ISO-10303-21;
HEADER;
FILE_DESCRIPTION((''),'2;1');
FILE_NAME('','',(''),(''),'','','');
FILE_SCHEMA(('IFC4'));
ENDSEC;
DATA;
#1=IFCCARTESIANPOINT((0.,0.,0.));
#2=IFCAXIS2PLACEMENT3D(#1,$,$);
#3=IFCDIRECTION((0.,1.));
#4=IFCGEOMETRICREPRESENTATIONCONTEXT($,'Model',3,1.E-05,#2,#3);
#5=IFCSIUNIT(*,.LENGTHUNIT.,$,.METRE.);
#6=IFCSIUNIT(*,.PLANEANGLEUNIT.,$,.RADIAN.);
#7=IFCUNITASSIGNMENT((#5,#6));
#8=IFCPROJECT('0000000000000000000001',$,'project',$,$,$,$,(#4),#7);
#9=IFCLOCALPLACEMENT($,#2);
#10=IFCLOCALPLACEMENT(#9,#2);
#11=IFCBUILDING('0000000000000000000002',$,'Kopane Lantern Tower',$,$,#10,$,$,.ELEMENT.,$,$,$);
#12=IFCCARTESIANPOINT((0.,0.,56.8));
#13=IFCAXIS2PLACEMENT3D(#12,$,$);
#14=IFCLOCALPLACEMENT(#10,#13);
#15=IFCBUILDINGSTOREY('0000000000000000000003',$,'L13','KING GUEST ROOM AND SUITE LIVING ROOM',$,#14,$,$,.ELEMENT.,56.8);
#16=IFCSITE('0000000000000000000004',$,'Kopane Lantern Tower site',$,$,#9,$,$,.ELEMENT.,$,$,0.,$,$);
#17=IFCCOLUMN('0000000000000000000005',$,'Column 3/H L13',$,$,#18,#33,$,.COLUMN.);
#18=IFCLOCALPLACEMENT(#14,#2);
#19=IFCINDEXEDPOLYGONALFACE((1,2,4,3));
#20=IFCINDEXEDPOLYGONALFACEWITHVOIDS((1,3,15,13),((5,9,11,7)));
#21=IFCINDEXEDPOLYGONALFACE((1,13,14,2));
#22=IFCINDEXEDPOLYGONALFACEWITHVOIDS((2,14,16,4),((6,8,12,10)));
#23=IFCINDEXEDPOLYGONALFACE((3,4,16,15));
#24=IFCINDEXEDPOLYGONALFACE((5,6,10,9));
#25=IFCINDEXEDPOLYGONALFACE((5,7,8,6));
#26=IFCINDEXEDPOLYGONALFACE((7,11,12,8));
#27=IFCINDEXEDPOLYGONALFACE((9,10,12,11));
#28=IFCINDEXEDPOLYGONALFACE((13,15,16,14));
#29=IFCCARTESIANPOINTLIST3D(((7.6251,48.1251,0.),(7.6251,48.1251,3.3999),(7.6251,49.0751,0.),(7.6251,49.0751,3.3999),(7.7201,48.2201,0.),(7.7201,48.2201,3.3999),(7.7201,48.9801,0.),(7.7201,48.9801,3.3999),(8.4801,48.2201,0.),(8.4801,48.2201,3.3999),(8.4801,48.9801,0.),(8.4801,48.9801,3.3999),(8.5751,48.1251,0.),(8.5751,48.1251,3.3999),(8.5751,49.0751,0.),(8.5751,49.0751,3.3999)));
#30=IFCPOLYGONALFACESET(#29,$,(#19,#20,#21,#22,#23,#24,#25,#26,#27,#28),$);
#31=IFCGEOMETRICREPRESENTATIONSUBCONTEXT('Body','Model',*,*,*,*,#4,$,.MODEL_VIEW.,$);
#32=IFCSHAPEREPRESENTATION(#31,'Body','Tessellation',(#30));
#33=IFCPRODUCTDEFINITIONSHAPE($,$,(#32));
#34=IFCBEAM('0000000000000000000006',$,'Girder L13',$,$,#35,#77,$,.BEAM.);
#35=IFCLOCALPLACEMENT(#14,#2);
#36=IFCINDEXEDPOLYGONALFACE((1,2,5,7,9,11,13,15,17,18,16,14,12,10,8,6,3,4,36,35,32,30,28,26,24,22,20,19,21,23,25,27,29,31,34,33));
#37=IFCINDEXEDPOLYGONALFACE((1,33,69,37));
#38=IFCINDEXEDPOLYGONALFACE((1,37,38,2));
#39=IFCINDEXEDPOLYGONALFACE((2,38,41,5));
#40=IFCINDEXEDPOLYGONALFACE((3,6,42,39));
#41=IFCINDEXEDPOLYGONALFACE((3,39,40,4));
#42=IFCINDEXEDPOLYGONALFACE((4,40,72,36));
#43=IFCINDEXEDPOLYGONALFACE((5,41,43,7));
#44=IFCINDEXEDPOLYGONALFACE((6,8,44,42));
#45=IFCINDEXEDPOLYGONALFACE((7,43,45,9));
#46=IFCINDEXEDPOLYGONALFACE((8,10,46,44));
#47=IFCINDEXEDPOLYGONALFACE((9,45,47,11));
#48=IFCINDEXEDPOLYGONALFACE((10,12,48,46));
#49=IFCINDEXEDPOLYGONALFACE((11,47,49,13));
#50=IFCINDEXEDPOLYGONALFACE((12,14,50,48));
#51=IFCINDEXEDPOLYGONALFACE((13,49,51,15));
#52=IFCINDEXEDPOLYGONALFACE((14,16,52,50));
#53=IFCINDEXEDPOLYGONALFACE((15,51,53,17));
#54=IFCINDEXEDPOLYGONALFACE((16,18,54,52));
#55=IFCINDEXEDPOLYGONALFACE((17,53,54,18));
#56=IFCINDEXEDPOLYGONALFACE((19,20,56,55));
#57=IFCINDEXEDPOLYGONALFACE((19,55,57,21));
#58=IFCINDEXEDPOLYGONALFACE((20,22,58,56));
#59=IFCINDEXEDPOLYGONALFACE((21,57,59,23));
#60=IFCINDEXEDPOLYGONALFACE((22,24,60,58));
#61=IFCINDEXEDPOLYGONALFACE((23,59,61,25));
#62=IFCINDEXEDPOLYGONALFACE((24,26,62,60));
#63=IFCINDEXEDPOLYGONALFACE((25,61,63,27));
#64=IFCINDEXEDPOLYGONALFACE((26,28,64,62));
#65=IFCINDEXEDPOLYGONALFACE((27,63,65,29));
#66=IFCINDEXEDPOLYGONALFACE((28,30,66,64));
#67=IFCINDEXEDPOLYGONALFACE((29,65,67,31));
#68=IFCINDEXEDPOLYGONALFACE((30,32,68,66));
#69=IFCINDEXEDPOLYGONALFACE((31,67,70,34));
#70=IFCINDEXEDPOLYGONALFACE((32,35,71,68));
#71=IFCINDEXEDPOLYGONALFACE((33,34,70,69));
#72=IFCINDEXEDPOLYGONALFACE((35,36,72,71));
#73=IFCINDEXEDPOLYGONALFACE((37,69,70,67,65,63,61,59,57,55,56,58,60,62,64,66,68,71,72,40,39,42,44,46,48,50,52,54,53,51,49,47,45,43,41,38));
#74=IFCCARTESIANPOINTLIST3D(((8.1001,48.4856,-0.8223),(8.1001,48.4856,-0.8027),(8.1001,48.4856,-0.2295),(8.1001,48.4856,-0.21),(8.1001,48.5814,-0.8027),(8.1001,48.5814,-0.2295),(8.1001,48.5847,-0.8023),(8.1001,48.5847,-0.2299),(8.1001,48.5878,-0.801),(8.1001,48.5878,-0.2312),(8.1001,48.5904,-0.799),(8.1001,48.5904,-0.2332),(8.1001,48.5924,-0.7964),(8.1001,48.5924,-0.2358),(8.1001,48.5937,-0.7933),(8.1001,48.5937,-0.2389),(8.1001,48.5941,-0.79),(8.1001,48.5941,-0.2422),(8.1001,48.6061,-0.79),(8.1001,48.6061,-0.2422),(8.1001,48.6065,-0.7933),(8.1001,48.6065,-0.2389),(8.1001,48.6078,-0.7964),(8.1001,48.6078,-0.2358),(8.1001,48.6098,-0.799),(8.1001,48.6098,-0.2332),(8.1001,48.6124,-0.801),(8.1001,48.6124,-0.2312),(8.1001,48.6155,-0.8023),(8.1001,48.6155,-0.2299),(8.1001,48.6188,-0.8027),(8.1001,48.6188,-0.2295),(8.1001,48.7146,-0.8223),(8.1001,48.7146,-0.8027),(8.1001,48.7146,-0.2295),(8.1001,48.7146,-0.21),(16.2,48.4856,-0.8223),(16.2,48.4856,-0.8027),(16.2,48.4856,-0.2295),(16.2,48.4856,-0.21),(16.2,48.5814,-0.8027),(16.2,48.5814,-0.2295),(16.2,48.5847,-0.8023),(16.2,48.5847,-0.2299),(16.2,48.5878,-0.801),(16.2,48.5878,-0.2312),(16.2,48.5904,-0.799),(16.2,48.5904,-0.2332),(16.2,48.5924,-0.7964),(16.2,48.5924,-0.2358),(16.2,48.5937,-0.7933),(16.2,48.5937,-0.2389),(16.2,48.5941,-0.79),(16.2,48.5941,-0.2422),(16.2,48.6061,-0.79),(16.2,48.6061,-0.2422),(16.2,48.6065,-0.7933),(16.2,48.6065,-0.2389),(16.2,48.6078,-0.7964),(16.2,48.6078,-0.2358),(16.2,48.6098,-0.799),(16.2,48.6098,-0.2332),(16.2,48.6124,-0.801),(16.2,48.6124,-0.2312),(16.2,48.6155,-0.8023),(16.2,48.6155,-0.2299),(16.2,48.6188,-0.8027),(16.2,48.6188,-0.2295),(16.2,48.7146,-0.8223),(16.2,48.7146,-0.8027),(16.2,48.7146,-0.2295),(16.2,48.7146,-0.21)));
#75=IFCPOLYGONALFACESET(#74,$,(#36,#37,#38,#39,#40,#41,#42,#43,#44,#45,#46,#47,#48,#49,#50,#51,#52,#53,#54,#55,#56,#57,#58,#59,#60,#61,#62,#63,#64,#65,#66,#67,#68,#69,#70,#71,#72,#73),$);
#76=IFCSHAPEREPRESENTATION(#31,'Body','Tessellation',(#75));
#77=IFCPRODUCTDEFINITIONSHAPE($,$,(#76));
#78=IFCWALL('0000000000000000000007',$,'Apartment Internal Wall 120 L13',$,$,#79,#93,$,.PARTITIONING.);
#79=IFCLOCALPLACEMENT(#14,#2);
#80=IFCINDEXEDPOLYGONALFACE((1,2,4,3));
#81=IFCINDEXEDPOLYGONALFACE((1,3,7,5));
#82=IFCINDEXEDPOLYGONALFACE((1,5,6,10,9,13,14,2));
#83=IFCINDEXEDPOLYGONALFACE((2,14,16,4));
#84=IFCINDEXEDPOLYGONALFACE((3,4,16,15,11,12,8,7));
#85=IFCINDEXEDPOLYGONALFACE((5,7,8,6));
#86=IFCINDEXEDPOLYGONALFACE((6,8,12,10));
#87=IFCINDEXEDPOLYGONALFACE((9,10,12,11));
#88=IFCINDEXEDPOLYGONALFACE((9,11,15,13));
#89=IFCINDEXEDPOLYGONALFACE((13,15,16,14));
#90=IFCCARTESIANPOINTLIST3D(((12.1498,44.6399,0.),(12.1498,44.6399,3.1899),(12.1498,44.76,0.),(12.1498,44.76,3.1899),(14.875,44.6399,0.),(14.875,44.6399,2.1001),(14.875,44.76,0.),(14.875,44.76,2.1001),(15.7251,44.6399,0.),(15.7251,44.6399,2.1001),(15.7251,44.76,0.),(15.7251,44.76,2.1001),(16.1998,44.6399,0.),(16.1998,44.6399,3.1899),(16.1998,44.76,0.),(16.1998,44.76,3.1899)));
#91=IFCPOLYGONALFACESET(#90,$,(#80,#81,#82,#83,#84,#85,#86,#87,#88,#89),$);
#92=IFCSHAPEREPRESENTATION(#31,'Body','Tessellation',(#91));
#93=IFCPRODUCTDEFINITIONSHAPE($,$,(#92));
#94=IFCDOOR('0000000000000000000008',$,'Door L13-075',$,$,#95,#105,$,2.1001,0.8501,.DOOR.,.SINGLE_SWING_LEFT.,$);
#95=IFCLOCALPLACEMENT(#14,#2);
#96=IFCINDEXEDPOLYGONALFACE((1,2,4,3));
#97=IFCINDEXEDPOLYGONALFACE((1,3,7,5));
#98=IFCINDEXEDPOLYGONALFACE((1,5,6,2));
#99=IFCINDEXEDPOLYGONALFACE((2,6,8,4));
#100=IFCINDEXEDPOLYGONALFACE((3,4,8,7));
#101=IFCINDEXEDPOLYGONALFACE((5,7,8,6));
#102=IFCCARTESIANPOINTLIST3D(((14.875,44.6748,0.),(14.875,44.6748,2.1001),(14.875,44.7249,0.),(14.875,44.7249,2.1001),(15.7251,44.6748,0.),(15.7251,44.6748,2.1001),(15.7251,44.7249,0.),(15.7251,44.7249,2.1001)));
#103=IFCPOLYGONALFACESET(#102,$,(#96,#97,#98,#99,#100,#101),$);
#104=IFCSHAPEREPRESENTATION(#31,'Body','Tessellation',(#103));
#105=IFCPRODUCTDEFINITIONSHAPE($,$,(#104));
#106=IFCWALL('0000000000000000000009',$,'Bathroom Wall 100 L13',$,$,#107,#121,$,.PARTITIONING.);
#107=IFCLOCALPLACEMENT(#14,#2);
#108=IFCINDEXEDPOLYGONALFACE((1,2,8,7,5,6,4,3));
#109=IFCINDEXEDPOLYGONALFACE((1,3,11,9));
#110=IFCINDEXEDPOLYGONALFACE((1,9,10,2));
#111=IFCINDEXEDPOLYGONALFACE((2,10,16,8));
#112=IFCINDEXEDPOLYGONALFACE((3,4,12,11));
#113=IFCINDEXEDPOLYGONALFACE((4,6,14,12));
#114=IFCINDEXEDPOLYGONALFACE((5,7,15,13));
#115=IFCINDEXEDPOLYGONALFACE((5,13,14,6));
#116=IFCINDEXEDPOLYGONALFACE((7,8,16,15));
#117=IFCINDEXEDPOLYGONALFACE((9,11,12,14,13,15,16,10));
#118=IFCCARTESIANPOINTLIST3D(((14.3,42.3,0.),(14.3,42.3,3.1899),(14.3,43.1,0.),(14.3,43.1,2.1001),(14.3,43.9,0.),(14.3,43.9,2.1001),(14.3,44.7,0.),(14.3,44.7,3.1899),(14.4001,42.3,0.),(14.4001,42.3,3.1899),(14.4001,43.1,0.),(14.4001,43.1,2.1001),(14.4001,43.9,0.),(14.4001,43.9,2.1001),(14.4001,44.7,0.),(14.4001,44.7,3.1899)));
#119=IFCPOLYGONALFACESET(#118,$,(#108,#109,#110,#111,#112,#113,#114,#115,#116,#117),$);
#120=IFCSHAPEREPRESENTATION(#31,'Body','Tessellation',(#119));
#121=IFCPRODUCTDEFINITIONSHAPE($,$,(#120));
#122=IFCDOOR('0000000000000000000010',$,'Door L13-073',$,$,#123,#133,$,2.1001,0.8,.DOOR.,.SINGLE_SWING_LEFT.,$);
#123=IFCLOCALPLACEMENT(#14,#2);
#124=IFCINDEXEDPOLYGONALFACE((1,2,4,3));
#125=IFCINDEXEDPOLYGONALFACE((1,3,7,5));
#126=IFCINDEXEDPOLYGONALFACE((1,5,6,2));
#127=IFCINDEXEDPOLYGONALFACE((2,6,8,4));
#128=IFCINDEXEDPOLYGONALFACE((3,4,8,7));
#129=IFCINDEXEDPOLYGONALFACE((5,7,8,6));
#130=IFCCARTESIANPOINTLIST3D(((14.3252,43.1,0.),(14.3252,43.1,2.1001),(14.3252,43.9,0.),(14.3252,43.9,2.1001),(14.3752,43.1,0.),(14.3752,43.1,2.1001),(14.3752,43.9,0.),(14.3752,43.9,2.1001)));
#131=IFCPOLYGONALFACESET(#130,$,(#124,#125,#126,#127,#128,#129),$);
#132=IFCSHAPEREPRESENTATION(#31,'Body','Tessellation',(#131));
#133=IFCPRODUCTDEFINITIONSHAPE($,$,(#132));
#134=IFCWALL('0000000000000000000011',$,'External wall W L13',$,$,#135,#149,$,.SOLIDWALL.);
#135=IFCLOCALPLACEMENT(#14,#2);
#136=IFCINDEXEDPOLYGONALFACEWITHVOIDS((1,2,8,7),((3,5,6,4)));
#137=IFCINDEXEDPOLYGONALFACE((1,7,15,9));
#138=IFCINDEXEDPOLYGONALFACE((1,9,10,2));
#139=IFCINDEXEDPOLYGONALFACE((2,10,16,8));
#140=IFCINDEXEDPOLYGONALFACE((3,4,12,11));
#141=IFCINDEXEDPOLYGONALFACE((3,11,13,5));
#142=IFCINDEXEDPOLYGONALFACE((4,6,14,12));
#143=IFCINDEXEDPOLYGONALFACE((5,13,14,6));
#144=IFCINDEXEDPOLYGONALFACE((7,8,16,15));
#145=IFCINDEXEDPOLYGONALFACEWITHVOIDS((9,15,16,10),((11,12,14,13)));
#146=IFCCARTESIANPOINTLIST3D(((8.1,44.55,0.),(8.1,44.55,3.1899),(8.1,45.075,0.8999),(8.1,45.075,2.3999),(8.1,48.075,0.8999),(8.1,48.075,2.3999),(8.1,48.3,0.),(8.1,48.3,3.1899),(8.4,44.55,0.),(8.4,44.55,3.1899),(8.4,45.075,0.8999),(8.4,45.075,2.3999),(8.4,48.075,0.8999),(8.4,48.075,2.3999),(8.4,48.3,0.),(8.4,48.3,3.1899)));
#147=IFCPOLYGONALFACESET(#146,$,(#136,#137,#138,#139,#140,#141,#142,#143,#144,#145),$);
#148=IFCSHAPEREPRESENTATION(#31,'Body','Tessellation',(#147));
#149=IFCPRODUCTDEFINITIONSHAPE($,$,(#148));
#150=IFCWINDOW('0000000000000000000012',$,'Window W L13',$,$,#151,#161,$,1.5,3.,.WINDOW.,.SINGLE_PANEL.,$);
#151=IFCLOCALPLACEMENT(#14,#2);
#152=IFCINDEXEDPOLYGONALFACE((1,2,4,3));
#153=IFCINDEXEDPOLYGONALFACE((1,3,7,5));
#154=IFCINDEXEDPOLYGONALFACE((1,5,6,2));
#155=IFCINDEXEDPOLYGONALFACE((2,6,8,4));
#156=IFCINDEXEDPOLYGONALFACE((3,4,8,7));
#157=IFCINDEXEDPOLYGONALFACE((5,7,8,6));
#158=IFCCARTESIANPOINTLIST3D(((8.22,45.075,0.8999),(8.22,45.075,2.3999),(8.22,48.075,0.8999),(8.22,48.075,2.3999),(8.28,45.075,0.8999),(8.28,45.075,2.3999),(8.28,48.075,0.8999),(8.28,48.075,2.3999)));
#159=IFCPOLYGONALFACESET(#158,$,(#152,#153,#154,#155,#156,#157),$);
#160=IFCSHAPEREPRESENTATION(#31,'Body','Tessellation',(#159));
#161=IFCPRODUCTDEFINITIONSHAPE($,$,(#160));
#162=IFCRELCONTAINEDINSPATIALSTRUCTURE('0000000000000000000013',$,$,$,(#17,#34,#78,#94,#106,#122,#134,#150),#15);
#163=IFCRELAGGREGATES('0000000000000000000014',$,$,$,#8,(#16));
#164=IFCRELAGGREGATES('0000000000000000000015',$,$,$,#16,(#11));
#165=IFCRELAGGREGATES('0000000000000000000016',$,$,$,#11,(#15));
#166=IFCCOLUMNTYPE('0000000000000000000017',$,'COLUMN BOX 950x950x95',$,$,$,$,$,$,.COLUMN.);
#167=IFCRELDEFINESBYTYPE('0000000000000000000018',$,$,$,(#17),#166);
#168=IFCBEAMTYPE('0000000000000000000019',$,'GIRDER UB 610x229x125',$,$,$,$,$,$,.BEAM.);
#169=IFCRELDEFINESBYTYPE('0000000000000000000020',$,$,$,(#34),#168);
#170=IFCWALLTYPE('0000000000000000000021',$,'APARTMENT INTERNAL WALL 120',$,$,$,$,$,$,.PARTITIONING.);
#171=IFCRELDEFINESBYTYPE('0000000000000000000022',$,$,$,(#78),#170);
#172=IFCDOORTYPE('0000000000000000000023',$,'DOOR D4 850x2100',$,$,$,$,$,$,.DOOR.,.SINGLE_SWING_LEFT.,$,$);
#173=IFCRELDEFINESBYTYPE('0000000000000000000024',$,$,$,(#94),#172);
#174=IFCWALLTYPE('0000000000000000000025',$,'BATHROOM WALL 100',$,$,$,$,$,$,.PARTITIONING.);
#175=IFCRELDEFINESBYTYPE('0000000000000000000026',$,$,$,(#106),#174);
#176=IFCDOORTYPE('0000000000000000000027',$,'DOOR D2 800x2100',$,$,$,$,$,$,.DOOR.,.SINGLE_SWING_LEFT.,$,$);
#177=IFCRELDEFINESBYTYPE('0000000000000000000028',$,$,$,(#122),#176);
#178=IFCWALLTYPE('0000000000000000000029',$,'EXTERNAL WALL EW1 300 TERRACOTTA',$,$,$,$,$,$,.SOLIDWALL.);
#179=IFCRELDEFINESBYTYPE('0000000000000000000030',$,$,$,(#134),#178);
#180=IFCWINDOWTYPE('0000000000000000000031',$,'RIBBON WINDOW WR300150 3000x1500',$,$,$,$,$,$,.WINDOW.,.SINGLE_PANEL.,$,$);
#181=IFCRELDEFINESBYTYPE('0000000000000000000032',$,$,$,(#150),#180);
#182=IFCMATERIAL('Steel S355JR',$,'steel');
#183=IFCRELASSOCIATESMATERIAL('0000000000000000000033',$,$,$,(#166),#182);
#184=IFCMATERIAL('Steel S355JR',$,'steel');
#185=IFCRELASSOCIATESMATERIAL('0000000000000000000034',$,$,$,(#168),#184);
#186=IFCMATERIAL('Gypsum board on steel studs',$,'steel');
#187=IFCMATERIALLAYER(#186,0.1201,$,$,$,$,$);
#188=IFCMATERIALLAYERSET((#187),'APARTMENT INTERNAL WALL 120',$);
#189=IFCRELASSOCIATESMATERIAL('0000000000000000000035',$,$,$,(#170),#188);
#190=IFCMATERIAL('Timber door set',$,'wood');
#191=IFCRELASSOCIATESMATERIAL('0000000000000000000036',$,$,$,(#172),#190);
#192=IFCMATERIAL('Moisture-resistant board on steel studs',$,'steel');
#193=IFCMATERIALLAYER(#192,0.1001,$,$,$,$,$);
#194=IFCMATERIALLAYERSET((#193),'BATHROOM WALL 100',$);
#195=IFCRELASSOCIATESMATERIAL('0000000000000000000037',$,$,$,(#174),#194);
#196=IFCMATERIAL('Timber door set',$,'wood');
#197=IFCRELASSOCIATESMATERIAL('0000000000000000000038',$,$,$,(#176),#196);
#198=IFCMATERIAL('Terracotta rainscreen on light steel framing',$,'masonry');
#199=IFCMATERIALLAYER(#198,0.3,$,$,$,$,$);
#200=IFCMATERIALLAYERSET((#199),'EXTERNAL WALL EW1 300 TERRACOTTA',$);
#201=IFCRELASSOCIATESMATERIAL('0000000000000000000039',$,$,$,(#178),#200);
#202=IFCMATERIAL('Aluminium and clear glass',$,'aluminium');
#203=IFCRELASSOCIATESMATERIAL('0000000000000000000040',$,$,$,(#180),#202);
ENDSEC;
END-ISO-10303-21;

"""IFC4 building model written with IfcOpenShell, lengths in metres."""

from ifc_helpers import new_model, si_unit, direction, frame, frame_2d, origin, origin_2d, place, context, subcontext, project, spatial, rectangle, hollow_rectangle, i_section, extrude, material, layer, layer_set, material_profile, profile_set, type_object, element, fill, save


model = new_model("IFC4")

# Units and contexts
model_context = context("Model", 3, precision=1e-05, world=origin(), true_north=direction((0.0, 1.0)))
body_context = subcontext(model_context, "Body", "Model", "MODEL_VIEW")
ifc_project = project(units=[si_unit("LENGTHUNIT", "METRE"), si_unit("PLANEANGLEUNIT", "RADIAN")], contexts=[model_context])

# Site, building, storey
site_placement = place(None, origin())
site = spatial("IfcSite", under=ifc_project, at=site_placement, Name="Kopane Lantern Tower site", CompositionType="ELEMENT", RefElevation=0.0)
building_placement = place(site_placement, origin())
building = spatial("IfcBuilding", under=site, at=building_placement, Name="Kopane Lantern Tower", CompositionType="ELEMENT")
storey_placement = place(building_placement, frame((0.0, 0.0, 56.8)))
storey = spatial("IfcBuildingStorey", under=building, at=storey_placement, Name="L13", Description="KING GUEST ROOM AND SUITE LIVING ROOM", CompositionType="ELEMENT", Elevation=56.8)

# Column
ifc_material_1 = material(Name="Steel S355JR", Category="steel")
ifc_material_profile_1 = material_profile(ifc_material_1, hollow_rectangle(XDim=0.95, YDim=0.95, WallThickness=0.095, at=origin_2d()), Name="BOX 950x950x95")
ifc_profile_set_1 = profile_set([ifc_material_profile_1], Name="Steel S355JR")
column_type = type_object("IfcColumnType", Name="COLUMN BOX 950x950x95", PredefinedType="COLUMN", material=ifc_profile_set_1)
column_placement = place(storey_placement, frame((8.1001, 48.6001, 0.0), z_axis=(0.0, 0.0, 1.0), x_axis=(1.0, 0.0, 0.0)))
element("IfcColumn", 1, at=column_placement, inside=storey, type_object=column_type, Name="Column 3/H L13", PredefinedType="COLUMN", context=body_context, shape_type="SweptSolid", body=[
    extrude(hollow_rectangle(XDim=0.95, YDim=0.95, WallThickness=0.095, at=origin_2d()), origin(), (0.0, 0.0, 1.0), 3.3999),
])

# Beam
ifc_material_2 = material(Name="Steel S355JR", Category="steel")
ifc_material_profile_2 = material_profile(ifc_material_2, i_section(OverallWidth=0.229, OverallDepth=0.6123, WebThickness=0.012, FlangeThickness=0.0195, FilletRadius=0.0127, at=origin_2d()), Name="UB 610x229x125")
ifc_profile_set_2 = profile_set([ifc_material_profile_2], Name="Steel S355JR")
beam_type = type_object("IfcBeamType", Name="GIRDER UB 610x229x125", PredefinedType="BEAM", material=ifc_profile_set_2)
beam_placement = place(storey_placement, frame((8.1001, 48.6001, -0.5161), z_axis=(1.0, 0.0, 0.0), x_axis=(0.0, 1.0, 0.0)))
element("IfcBeam", 2, at=beam_placement, inside=storey, type_object=beam_type, Name="Girder L13", PredefinedType="BEAM", context=body_context, shape_type="SweptSolid", body=[
    extrude(i_section(OverallWidth=0.229, OverallDepth=0.6123, WebThickness=0.012, FlangeThickness=0.0195, FilletRadius=0.0127, at=origin_2d()), origin(), (0.0, 0.0, 1.0), 8.0999),
])

# Walls, openings, doors
ifc_material_3 = material(Name="Gypsum board on steel studs", Category="steel")
ifc_layer_1 = layer(ifc_material_3, 0.1201)
ifc_layer_set_1 = layer_set([ifc_layer_1], Name="APARTMENT INTERNAL WALL 120")
wall_type_1 = type_object("IfcWallType", Name="APARTMENT INTERNAL WALL 120", PredefinedType="PARTITIONING", material=ifc_layer_set_1)
wall_1_placement = place(storey_placement, frame((12.1499, 44.7, 0.0), z_axis=(0.0, 0.0, 1.0), x_axis=(1.0, 0.0, 0.0)))
wall_1 = element("IfcWall", 3, at=wall_1_placement, inside=storey, type_object=wall_type_1, Name="Apartment Internal Wall 120 L13", PredefinedType="PARTITIONING", context=body_context, shape_type="SweptSolid", body=[
    extrude(rectangle(XDim=4.05, YDim=0.1201, at=frame_2d((2.0249, 0.0))), origin(), (0.0, 0.0, 1.0), 3.1899),
])
opening_1_placement = place(wall_1_placement, frame((2.7251, 0.0, 0.0)))
opening_1 = element("IfcOpeningElement", 4, at=opening_1_placement, cuts=wall_1, PredefinedType="OPENING", context=body_context, shape_type="SweptSolid", body=[
    extrude(rectangle(XDim=0.8501, YDim=2.1001, at=frame_2d((0.425, 1.05))), frame((0.0, 0.0701, 0.0), z_axis=(0.0, -1.0, 0.0), x_axis=(1.0, 0.0, 0.0)), (0.0, 0.0, 1.0), 0.1401),
])
ifc_material_4 = material(Name="Timber door set", Category="wood")
door_type_1 = type_object("IfcDoorType", Name="DOOR D4 850x2100", OperationType="SINGLE_SWING_LEFT", PredefinedType="DOOR", material=ifc_material_4)
door_1_placement = place(opening_1_placement, origin())
door_1 = element("IfcDoor", 5, at=door_1_placement, inside=storey, type_object=door_type_1, Name="Door L13-075", OperationType="SINGLE_SWING_LEFT", OverallHeight=2.1001, OverallWidth=0.8501, PredefinedType="DOOR", context=body_context, shape_type="SweptSolid", body=[
    extrude(rectangle(XDim=0.8501, YDim=2.1001, at=frame_2d((0.425, 1.05))), frame((0.0, 0.0249, 0.0), z_axis=(0.0, -1.0, 0.0), x_axis=(1.0, 0.0, 0.0)), (0.0, 0.0, 1.0), 0.05),
])
fill(opening_1, door_1)
ifc_material_5 = material(Name="Moisture-resistant board on steel studs", Category="steel")
ifc_layer_2 = layer(ifc_material_5, 0.1001)
ifc_layer_set_2 = layer_set([ifc_layer_2], Name="BATHROOM WALL 100")
wall_type_2 = type_object("IfcWallType", Name="BATHROOM WALL 100", PredefinedType="PARTITIONING", material=ifc_layer_set_2)
wall_2_placement = place(storey_placement, frame((14.3501, 42.3, 0.0), z_axis=(0.0, 0.0, 1.0), x_axis=(0.0, 1.0, 0.0)))
wall_2 = element("IfcWall", 6, at=wall_2_placement, inside=storey, type_object=wall_type_2, Name="Bathroom Wall 100 L13", PredefinedType="PARTITIONING", context=body_context, shape_type="SweptSolid", body=[
    extrude(rectangle(XDim=2.3999, YDim=0.1001, at=frame_2d((1.2, 0.0))), origin(), (0.0, 0.0, 1.0), 3.1899),
])
opening_2_placement = place(wall_2_placement, frame((0.8, 0.0, 0.0)))
opening_2 = element("IfcOpeningElement", 7, at=opening_2_placement, cuts=wall_2, PredefinedType="OPENING", context=body_context, shape_type="SweptSolid", body=[
    extrude(rectangle(XDim=0.8, YDim=2.1001, at=frame_2d((0.3999, 1.05))), frame((0.0, 0.0601, 0.0), z_axis=(0.0, -1.0, 0.0), x_axis=(1.0, 0.0, 0.0)), (0.0, 0.0, 1.0), 0.1201),
])
ifc_material_6 = material(Name="Timber door set", Category="wood")
door_type_2 = type_object("IfcDoorType", Name="DOOR D2 800x2100", OperationType="SINGLE_SWING_LEFT", PredefinedType="DOOR", material=ifc_material_6)
door_2_placement = place(opening_2_placement, origin())
door_2 = element("IfcDoor", 8, at=door_2_placement, inside=storey, type_object=door_type_2, Name="Door L13-073", OperationType="SINGLE_SWING_LEFT", OverallHeight=2.1001, OverallWidth=0.8, PredefinedType="DOOR", context=body_context, shape_type="SweptSolid", body=[
    extrude(rectangle(XDim=0.8, YDim=2.1001, at=frame_2d((0.3999, 1.05))), frame((0.0, 0.0249, 0.0), z_axis=(0.0, -1.0, 0.0), x_axis=(1.0, 0.0, 0.0)), (0.0, 0.0, 1.0), 0.05),
])
fill(opening_2, door_2)

# Wall, opening, window
ifc_material_7 = material(Name="Terracotta rainscreen on light steel framing", Category="masonry")
ifc_layer_3 = layer(ifc_material_7, 0.3)
ifc_layer_set_3 = layer_set([ifc_layer_3], Name="EXTERNAL WALL EW1 300 TERRACOTTA")
wall_type_3 = type_object("IfcWallType", Name="EXTERNAL WALL EW1 300 TERRACOTTA", PredefinedType="SOLIDWALL", material=ifc_layer_set_3)
wall_3_placement = place(storey_placement, frame((8.25, 48.3, 0.0), z_axis=(0.0, 0.0, 1.0), x_axis=(0.0, -1.0, 0.0)))
wall_3 = element("IfcWall", 9, at=wall_3_placement, inside=storey, type_object=wall_type_3, Name="External wall W L13", PredefinedType="SOLIDWALL", context=body_context, shape_type="SweptSolid", body=[
    extrude(rectangle(XDim=3.75, YDim=0.3, at=frame_2d((1.875, 0.0))), origin(), (0.0, 0.0, 1.0), 3.1899),
])
opening_3_placement = place(wall_3_placement, frame((0.2251, 0.0, 0.8999)))
opening_3 = element("IfcOpeningElement", 10, at=opening_3_placement, cuts=wall_3, PredefinedType="OPENING", context=body_context, shape_type="SweptSolid", body=[
    extrude(rectangle(XDim=3.0, YDim=1.5, at=frame_2d((1.5, 0.75))), frame((0.0, 0.1599, 0.0), z_axis=(0.0, -1.0, 0.0), x_axis=(1.0, 0.0, 0.0)), (0.0, 0.0, 1.0), 0.3201),
])
ifc_material_8 = material(Name="Aluminium and clear glass", Category="aluminium")
window_type = type_object("IfcWindowType", Name="RIBBON WINDOW WR300150 3000x1500", PartitioningType="SINGLE_PANEL", PredefinedType="WINDOW", material=ifc_material_8)
window_1_placement = place(opening_3_placement, origin())
window_1 = element("IfcWindow", 11, at=window_1_placement, inside=storey, type_object=window_type, Name="Window W L13", OverallHeight=1.5, OverallWidth=3.0, PartitioningType="SINGLE_PANEL", PredefinedType="WINDOW", context=body_context, shape_type="SweptSolid", body=[
    extrude(rectangle(XDim=3.0, YDim=1.5, at=frame_2d((1.5, 0.75))), frame((0.0, 0.03, 0.0), z_axis=(0.0, -1.0, 0.0), x_axis=(1.0, 0.0, 0.0)), (0.0, 0.0, 1.0), 0.0601),
])
fill(opening_3, window_1)

save(model, "model.ifc")
